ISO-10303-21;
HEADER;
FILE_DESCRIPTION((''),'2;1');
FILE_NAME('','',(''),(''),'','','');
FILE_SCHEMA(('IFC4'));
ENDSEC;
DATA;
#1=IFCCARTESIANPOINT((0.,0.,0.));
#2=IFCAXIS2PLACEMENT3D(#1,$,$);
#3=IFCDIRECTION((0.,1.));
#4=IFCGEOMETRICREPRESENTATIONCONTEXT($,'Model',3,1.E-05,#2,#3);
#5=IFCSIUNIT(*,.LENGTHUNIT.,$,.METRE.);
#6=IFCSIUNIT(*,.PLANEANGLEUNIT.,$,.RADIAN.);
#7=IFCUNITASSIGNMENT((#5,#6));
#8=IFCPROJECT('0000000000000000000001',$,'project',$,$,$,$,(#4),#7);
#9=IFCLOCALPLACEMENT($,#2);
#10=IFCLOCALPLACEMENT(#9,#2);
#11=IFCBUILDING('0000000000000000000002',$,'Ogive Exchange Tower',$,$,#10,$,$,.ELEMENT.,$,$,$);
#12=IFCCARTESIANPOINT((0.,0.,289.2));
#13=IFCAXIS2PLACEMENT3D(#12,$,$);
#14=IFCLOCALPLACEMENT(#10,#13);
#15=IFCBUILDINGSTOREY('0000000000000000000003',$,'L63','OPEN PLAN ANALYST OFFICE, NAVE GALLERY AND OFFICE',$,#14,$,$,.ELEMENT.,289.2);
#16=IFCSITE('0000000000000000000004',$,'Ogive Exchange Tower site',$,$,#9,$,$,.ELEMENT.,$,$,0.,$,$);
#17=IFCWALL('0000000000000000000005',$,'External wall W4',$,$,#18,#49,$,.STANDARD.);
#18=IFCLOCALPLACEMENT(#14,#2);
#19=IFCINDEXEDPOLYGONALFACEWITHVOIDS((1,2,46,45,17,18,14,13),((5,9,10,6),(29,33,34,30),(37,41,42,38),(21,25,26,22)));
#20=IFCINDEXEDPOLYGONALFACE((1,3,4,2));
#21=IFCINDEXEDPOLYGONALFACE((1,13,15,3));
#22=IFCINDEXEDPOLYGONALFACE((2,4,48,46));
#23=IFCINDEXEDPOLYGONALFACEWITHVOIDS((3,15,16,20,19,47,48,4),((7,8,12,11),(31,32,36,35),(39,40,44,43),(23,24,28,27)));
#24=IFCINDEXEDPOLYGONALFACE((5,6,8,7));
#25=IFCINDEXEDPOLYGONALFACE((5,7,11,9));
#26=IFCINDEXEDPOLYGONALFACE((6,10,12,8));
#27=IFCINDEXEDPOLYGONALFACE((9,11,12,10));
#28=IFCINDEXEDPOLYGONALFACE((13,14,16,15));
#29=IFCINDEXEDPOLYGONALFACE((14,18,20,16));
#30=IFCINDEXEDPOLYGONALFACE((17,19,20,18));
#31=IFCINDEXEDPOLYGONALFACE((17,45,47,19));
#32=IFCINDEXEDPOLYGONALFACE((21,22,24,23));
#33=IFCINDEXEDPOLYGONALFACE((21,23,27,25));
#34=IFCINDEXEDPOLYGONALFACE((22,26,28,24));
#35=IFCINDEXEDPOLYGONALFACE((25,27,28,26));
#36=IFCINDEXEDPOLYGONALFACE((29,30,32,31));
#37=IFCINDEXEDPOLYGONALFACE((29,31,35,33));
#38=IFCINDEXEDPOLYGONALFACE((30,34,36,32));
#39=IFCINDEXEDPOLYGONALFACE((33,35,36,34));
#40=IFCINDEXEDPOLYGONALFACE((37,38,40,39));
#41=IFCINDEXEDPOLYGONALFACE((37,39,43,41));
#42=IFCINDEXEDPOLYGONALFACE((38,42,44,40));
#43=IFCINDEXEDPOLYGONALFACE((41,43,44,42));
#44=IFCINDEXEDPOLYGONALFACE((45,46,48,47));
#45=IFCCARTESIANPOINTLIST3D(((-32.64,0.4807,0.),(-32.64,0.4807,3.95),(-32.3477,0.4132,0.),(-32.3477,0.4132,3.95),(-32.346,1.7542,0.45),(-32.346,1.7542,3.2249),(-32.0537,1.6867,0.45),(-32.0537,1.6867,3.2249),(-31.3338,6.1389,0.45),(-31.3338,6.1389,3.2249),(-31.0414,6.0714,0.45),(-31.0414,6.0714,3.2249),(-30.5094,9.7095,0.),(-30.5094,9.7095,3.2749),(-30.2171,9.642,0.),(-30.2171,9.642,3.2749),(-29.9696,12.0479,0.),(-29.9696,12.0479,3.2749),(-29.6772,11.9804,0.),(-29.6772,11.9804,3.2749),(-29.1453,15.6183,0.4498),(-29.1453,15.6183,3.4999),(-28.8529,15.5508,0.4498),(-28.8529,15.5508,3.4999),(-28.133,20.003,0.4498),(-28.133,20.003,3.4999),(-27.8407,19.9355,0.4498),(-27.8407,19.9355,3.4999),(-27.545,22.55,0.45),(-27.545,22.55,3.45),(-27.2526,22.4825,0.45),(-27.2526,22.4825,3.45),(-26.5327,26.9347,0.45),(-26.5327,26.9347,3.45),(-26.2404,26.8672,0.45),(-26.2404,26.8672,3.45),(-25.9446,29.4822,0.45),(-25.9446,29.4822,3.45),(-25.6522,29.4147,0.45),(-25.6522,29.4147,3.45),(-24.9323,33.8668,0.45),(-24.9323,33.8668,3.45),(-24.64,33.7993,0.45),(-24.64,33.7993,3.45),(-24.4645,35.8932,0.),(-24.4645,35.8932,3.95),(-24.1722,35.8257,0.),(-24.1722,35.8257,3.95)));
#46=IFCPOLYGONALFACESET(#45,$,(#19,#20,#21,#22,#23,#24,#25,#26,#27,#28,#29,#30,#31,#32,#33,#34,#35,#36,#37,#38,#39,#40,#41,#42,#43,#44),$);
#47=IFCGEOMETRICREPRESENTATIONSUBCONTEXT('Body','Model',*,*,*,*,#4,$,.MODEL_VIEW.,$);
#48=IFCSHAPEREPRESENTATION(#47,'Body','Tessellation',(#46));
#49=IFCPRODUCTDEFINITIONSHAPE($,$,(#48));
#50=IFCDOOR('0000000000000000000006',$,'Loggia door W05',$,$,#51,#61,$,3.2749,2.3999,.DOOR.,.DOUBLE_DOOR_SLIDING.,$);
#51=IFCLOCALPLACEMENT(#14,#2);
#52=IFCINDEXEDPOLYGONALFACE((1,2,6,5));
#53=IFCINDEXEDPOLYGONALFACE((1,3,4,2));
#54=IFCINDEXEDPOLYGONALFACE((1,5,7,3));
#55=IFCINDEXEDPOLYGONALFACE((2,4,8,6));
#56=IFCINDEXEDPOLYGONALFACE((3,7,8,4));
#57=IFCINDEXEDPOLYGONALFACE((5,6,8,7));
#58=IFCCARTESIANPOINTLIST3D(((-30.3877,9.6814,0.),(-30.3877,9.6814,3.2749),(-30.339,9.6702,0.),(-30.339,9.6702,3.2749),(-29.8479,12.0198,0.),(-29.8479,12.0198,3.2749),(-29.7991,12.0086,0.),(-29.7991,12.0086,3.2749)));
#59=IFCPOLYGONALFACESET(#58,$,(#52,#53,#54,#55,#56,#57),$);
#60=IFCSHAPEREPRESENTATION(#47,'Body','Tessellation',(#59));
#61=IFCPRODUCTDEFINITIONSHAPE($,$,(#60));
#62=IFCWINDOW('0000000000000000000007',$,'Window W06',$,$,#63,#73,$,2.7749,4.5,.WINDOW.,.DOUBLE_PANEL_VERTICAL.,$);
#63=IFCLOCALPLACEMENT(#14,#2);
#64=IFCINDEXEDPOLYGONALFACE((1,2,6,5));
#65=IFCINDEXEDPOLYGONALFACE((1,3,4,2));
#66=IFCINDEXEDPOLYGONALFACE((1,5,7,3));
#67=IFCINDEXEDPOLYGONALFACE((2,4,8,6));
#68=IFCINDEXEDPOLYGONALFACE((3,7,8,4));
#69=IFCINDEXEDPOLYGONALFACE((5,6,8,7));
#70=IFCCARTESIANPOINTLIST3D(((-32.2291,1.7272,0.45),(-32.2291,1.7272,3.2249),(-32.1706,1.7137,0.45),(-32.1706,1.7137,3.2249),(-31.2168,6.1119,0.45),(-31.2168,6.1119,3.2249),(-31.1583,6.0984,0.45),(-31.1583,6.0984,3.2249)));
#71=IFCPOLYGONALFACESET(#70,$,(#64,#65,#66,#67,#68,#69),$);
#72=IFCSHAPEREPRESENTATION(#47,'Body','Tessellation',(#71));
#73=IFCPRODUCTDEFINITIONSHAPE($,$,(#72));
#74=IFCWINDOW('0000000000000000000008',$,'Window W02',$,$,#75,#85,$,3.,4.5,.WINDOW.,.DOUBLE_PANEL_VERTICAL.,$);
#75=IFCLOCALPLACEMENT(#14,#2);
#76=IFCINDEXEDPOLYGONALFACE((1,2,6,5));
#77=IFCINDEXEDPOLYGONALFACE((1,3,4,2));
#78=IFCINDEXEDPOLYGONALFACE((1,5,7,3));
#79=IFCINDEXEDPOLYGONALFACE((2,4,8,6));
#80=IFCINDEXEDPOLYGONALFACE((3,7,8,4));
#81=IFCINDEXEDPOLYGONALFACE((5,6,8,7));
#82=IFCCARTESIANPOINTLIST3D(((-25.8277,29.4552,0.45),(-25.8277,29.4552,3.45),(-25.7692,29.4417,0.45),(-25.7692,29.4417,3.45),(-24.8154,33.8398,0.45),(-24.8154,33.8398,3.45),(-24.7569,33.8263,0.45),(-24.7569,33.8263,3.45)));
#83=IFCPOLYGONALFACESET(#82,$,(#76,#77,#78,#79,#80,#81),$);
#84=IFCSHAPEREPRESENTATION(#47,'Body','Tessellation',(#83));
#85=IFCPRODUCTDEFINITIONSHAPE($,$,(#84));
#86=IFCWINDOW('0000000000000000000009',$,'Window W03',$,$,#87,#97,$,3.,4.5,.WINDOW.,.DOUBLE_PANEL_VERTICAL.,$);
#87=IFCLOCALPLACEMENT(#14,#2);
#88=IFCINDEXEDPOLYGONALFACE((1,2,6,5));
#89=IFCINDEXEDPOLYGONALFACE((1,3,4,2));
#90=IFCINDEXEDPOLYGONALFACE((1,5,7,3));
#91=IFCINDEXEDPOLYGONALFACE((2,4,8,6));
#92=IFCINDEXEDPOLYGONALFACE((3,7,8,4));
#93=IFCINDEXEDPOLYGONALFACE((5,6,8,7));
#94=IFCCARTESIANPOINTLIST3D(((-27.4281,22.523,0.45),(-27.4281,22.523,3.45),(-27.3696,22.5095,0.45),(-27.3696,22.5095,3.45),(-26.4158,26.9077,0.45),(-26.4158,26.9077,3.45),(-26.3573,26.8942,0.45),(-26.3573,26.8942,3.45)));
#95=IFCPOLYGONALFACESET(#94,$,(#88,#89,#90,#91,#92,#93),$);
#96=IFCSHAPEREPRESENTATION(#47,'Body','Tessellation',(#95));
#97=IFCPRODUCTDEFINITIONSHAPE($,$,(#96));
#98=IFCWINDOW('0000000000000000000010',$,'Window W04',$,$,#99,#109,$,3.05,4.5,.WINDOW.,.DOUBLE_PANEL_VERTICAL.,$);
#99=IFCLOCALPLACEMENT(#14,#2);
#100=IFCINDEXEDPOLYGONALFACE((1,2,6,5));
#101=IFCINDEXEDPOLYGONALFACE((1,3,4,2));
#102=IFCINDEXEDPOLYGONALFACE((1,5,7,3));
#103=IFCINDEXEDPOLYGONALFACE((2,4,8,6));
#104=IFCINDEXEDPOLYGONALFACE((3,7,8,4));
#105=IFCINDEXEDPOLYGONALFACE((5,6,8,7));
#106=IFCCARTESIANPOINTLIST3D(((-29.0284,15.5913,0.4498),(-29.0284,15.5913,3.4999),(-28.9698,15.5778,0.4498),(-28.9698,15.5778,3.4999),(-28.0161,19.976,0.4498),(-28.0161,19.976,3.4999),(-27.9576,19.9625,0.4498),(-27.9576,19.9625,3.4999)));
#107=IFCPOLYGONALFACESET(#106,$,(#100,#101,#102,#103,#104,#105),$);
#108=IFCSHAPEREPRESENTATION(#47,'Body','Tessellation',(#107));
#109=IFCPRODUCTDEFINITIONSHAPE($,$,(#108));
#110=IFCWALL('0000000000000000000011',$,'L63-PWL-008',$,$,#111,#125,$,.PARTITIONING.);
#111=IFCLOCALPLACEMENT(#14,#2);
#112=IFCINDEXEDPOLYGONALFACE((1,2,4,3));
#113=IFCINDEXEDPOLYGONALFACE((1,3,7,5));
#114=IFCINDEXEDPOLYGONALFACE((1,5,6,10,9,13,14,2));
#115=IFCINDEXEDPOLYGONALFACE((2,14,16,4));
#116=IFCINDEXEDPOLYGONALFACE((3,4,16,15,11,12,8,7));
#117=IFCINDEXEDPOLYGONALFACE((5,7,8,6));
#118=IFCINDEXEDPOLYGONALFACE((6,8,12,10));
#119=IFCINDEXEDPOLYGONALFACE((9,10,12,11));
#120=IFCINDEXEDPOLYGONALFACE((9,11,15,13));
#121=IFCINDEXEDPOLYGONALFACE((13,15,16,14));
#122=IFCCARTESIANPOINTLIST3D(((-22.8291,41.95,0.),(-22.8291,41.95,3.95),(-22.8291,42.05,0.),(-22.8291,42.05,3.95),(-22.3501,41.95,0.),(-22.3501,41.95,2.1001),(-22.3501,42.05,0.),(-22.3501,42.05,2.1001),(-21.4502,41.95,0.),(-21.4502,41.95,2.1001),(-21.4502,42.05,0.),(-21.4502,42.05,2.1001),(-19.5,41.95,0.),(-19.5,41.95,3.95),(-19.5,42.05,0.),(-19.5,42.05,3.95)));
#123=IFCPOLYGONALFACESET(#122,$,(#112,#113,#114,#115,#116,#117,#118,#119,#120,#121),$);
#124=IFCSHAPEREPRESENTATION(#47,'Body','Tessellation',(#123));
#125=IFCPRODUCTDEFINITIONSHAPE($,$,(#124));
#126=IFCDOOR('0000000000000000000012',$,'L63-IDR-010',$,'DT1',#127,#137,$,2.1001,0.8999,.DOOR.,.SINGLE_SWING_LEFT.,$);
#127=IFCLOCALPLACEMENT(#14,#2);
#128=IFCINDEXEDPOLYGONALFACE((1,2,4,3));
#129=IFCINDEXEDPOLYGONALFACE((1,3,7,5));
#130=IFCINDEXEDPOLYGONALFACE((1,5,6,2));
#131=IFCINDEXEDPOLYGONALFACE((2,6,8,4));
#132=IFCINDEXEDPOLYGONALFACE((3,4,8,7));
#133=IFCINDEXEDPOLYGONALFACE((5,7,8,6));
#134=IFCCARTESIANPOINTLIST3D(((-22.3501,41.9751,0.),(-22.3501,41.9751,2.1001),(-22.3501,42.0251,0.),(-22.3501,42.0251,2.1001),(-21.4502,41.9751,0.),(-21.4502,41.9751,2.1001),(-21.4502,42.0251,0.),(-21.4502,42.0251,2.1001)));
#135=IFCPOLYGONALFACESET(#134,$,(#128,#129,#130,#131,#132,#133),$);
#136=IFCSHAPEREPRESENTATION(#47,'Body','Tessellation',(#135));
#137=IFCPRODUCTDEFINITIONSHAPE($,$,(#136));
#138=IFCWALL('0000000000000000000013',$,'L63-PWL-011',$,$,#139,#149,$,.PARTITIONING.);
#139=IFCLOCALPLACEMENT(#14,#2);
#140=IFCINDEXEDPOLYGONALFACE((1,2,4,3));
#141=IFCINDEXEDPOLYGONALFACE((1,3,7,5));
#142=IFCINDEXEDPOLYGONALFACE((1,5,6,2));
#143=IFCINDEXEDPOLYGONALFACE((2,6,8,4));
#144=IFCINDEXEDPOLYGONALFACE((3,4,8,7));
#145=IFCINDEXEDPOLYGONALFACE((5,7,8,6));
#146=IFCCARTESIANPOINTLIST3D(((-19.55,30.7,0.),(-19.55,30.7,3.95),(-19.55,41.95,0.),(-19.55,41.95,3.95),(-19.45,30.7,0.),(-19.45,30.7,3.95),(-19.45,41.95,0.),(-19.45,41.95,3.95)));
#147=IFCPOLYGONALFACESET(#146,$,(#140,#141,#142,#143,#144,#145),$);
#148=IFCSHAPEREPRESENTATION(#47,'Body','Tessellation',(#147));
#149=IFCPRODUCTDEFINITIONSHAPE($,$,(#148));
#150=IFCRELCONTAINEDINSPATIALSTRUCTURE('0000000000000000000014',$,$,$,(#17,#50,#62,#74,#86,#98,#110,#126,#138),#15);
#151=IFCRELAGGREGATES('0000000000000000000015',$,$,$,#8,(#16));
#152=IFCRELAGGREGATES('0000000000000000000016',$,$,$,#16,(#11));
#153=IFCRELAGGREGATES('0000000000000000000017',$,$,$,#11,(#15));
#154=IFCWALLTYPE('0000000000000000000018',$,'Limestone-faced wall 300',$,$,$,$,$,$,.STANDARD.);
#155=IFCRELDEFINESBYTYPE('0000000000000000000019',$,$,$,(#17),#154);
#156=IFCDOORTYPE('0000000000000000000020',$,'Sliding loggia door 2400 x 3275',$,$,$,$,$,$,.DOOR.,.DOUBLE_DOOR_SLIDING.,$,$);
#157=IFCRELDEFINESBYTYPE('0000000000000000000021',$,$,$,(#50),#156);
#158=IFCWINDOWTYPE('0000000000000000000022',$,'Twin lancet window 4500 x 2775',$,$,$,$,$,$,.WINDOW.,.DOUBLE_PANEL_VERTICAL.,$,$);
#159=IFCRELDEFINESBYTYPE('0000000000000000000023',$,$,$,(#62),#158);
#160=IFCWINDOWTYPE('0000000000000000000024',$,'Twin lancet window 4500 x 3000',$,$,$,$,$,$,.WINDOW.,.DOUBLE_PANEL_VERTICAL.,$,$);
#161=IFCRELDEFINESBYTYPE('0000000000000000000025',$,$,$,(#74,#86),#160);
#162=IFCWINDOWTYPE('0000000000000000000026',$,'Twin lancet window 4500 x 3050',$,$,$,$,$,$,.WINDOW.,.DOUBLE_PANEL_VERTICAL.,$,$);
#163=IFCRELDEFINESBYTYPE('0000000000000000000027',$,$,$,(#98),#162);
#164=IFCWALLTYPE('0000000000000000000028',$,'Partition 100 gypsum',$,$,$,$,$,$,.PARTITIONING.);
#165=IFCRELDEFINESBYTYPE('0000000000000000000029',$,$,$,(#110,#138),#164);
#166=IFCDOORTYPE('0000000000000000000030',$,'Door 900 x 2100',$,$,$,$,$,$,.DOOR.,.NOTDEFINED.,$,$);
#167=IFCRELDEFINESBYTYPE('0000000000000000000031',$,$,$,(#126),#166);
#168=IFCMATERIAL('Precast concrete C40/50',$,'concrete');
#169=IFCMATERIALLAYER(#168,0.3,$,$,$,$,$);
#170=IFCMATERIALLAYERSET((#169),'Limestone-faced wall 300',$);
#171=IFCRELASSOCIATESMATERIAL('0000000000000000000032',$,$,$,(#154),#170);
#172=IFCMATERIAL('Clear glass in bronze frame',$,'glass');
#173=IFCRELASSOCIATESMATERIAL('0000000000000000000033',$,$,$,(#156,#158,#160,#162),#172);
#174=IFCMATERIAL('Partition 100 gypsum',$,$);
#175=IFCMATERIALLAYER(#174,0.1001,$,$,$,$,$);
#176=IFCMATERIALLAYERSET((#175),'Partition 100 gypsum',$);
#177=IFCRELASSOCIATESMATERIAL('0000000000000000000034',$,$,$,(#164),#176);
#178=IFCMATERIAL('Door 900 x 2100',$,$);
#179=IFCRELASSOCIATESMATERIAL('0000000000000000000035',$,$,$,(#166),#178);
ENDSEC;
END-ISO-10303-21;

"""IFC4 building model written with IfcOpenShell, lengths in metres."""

from ifc_helpers import new_model, si_unit, direction, frame, frame_2d, origin, place, context, subcontext, project, spatial, rectangle, extrude, material, layer, layer_set, type_object, element, fill, save


model = new_model("IFC4")

# Units and contexts
model_context = context("Model", 3, precision=1e-05, world=origin(), true_north=direction((0.0, 1.0)))
body_context = subcontext(model_context, "Body", "Model", "MODEL_VIEW")
ifc_project = project(units=[si_unit("LENGTHUNIT", "METRE"), si_unit("PLANEANGLEUNIT", "RADIAN")], contexts=[model_context])

# Site, building, storey
site_placement = place(None, origin())
site = spatial("IfcSite", under=ifc_project, at=site_placement, Name="Ogive Exchange Tower site", CompositionType="ELEMENT", RefElevation=0.0)
building_placement = place(site_placement, origin())
building = spatial("IfcBuilding", under=site, at=building_placement, Name="Ogive Exchange Tower", CompositionType="ELEMENT")
storey_placement = place(building_placement, frame((0.0, 0.0, 289.2)))
storey = spatial("IfcBuildingStorey", under=building, at=storey_placement, Name="L63", Description="OPEN PLAN ANALYST OFFICE, NAVE GALLERY AND OFFICE", CompositionType="ELEMENT", Elevation=289.2)

# Shared definitions
ifc_material_1 = material(Name="Precast concrete C40/50", Category="concrete")
ifc_layer_1 = layer(ifc_material_1, 0.3)
ifc_layer_set_1 = layer_set([ifc_layer_1], Name="Limestone-faced wall 300")
wall_type_1 = type_object("IfcWallType", Name="Limestone-faced wall 300", PredefinedType="STANDARD", material=ifc_layer_set_1)
ifc_material_2 = material(Name="Clear glass in bronze frame", Category="glass")

# Wall, openings, door, windows
wall_1_placement = place(storey_placement, frame((-24.3184, 35.8594, 0.0), z_axis=(0.0, 0.0, 1.0), x_axis=(-0.224948, -0.974371, 0.0)))
wall_1 = element("IfcWall", 1, at=wall_1_placement, inside=storey, type_object=wall_type_1, Name="External wall W4", PredefinedType="STANDARD", context=body_context, shape_type="SweptSolid", body=[
    extrude(rectangle(XDim=36.344, YDim=0.3, at=frame_2d((18.1719, 0.0))), origin(), (0.0, 0.0, 1.0), 3.95),
])
opening_1_placement = place(wall_1_placement, frame((2.0796, 0.0, 0.45)))
opening_1 = element("IfcOpeningElement", 2, at=opening_1_placement, cuts=wall_1, PredefinedType="OPENING", context=body_context, shape_type="SweptSolid", body=[
    extrude(rectangle(XDim=4.5, YDim=3.0, at=frame_2d((2.25, 1.5))), frame((0.0, 0.1599, 0.0), z_axis=(0.0, -1.0, 0.0), x_axis=(1.0, 0.0, 0.0)), (0.0, 0.0, 1.0), 0.3201),
])
opening_2_placement = place(wall_1_placement, frame((9.1941, 0.0, 0.45)))
opening_2 = element("IfcOpeningElement", 3, at=opening_2_placement, cuts=wall_1, PredefinedType="OPENING", context=body_context, shape_type="SweptSolid", body=[
    extrude(rectangle(XDim=4.5, YDim=3.0, at=frame_2d((2.25, 1.5))), frame((0.0, 0.1599, 0.0), z_axis=(0.0, -1.0, 0.0), x_axis=(1.0, 0.0, 0.0)), (0.0, 0.0, 1.0), 0.3201),
])
opening_3_placement = place(wall_1_placement, frame((16.3081, 0.0, 0.45)))
opening_3 = element("IfcOpeningElement", 4, at=opening_3_placement, cuts=wall_1, PredefinedType="OPENING", context=body_context, shape_type="SweptSolid", body=[
    extrude(rectangle(XDim=4.5, YDim=3.05, at=frame_2d((2.25, 1.5249))), frame((0.0, 0.1599, 0.0), z_axis=(0.0, -1.0, 0.0), x_axis=(1.0, 0.0, 0.0)), (0.0, 0.0, 1.0), 0.3201),
])
opening_4_placement = place(wall_1_placement, frame((24.4724, 0.0, 0.0)))
opening_4 = element("IfcOpeningElement", 5, at=opening_4_placement, cuts=wall_1, PredefinedType="OPENING", context=body_context, shape_type="SweptSolid", body=[
    extrude(rectangle(XDim=2.3999, YDim=3.2749, at=frame_2d((1.2, 1.6375))), frame((0.0, 0.1599, 0.0), z_axis=(0.0, -1.0, 0.0), x_axis=(1.0, 0.0, 0.0)), (0.0, 0.0, 1.0), 0.3201),
])
opening_5_placement = place(wall_1_placement, frame((30.5369, 0.0, 0.45)))
opening_5 = element("IfcOpeningElement", 6, at=opening_5_placement, cuts=wall_1, PredefinedType="OPENING", context=body_context, shape_type="SweptSolid", body=[
    extrude(rectangle(XDim=4.5, YDim=2.7749, at=frame_2d((2.25, 1.3875))), frame((0.0, 0.1599, 0.0), z_axis=(0.0, -1.0, 0.0), x_axis=(1.0, 0.0, 0.0)), (0.0, 0.0, 1.0), 0.3201),
])
door_type_1 = type_object("IfcDoorType", Name="Sliding loggia door 2400 x 3275", OperationType="DOUBLE_DOOR_SLIDING", PredefinedType="DOOR", material=ifc_material_2)
door_1_placement = place(opening_4_placement, origin())
door_1 = element("IfcDoor", 7, at=door_1_placement, inside=storey, type_object=door_type_1, Name="Loggia door W05", OperationType="DOUBLE_DOOR_SLIDING", OverallHeight=3.2749, OverallWidth=2.3999, PredefinedType="DOOR", context=body_context, shape_type="SweptSolid", body=[
    extrude(rectangle(XDim=2.3999, YDim=3.2749, at=frame_2d((1.2, 1.6375))), frame((0.0, 0.0249, 0.0), z_axis=(0.0, -1.0, 0.0), x_axis=(1.0, 0.0, 0.0)), (0.0, 0.0, 1.0), 0.05),
])
fill(opening_4, door_1)
window_type_1 = type_object("IfcWindowType", Name="Twin lancet window 4500 x 2775", PartitioningType="DOUBLE_PANEL_VERTICAL", PredefinedType="WINDOW", material=ifc_material_2)
window_1_placement = place(opening_5_placement, origin())
window_1 = element("IfcWindow", 8, at=window_1_placement, inside=storey, type_object=window_type_1, Name="Window W06", OverallHeight=2.7749, OverallWidth=4.5, PartitioningType="DOUBLE_PANEL_VERTICAL", PredefinedType="WINDOW", context=body_context, shape_type="SweptSolid", body=[
    extrude(rectangle(XDim=4.5, YDim=2.7749, at=frame_2d((2.25, 1.3875))), frame((0.0, 0.03, 0.0), z_axis=(0.0, -1.0, 0.0), x_axis=(1.0, 0.0, 0.0)), (0.0, 0.0, 1.0), 0.0601),
])
fill(opening_5, window_1)
window_type_2 = type_object("IfcWindowType", Name="Twin lancet window 4500 x 3000", PartitioningType="DOUBLE_PANEL_VERTICAL", PredefinedType="WINDOW", material=ifc_material_2)
window_2_placement = place(opening_1_placement, origin())
window_2 = element("IfcWindow", 9, at=window_2_placement, inside=storey, type_object=window_type_2, Name="Window W02", OverallHeight=3.0, OverallWidth=4.5, PartitioningType="DOUBLE_PANEL_VERTICAL", PredefinedType="WINDOW", context=body_context, shape_type="SweptSolid", body=[
    extrude(rectangle(XDim=4.5, YDim=3.0, at=frame_2d((2.25, 1.5))), frame((0.0, 0.03, 0.0), z_axis=(0.0, -1.0, 0.0), x_axis=(1.0, 0.0, 0.0)), (0.0, 0.0, 1.0), 0.0601),
])
fill(opening_1, window_2)
window_3_placement = place(opening_2_placement, origin())
window_3 = element("IfcWindow", 10, at=window_3_placement, inside=storey, type_object=window_type_2, Name="Window W03", OverallHeight=3.0, OverallWidth=4.5, PartitioningType="DOUBLE_PANEL_VERTICAL", PredefinedType="WINDOW", context=body_context, shape_type="SweptSolid", body=[
    extrude(rectangle(XDim=4.5, YDim=3.0, at=frame_2d((2.25, 1.5))), frame((0.0, 0.03, 0.0), z_axis=(0.0, -1.0, 0.0), x_axis=(1.0, 0.0, 0.0)), (0.0, 0.0, 1.0), 0.0601),
])
fill(opening_2, window_3)
window_type_3 = type_object("IfcWindowType", Name="Twin lancet window 4500 x 3050", PartitioningType="DOUBLE_PANEL_VERTICAL", PredefinedType="WINDOW", material=ifc_material_2)
window_4_placement = place(opening_3_placement, origin())
window_4 = element("IfcWindow", 11, at=window_4_placement, inside=storey, type_object=window_type_3, Name="Window W04", OverallHeight=3.05, OverallWidth=4.5, PartitioningType="DOUBLE_PANEL_VERTICAL", PredefinedType="WINDOW", context=body_context, shape_type="SweptSolid", body=[
    extrude(rectangle(XDim=4.5, YDim=3.05, at=frame_2d((2.25, 1.5249))), frame((0.0, 0.03, 0.0), z_axis=(0.0, -1.0, 0.0), x_axis=(1.0, 0.0, 0.0)), (0.0, 0.0, 1.0), 0.0601),
])
fill(opening_3, window_4)

# Wall, opening, door
ifc_material_3 = material(Name="Partition 100 gypsum")
ifc_layer_2 = layer(ifc_material_3, 0.1001)
ifc_layer_set_2 = layer_set([ifc_layer_2], Name="Partition 100 gypsum")
wall_type_2 = type_object("IfcWallType", Name="Partition 100 gypsum", PredefinedType="PARTITIONING", material=ifc_layer_set_2)
wall_2_placement = place(storey_placement, frame((-22.8291, 42.0, 0.0), z_axis=(0.0, 0.0, 1.0), x_axis=(1.0, 0.0, 0.0)))
wall_2 = element("IfcWall", 12, at=wall_2_placement, inside=storey, type_object=wall_type_2, Name="L63-PWL-008", PredefinedType="PARTITIONING", context=body_context, shape_type="SweptSolid", body=[
    extrude(rectangle(XDim=3.3291, YDim=0.1001, at=frame_2d((1.6646, 0.0))), origin(), (0.0, 0.0, 1.0), 3.95),
])
opening_6_placement = place(wall_2_placement, frame((0.479, 0.0, 0.0)))
opening_6 = element("IfcOpeningElement", 13, at=opening_6_placement, cuts=wall_2, PredefinedType="OPENING", context=body_context, shape_type="SweptSolid", body=[
    extrude(rectangle(XDim=0.8999, YDim=2.1001, at=frame_2d((0.45, 1.05))), frame((0.0, 0.0601, 0.0), z_axis=(0.0, -1.0, 0.0), x_axis=(1.0, 0.0, 0.0)), (0.0, 0.0, 1.0), 0.1201),
])
ifc_material_4 = material(Name="Door 900 x 2100")
door_type_2 = type_object("IfcDoorType", Name="Door 900 x 2100", OperationType="NOTDEFINED", PredefinedType="DOOR", material=ifc_material_4)
door_2_placement = place(opening_6_placement, frame((0.8999, 0.0, 0.0), z_axis=(0.0, 0.0, 1.0), x_axis=(-1.0, 0.0, 0.0)))
door_2 = element("IfcDoor", 14, at=door_2_placement, inside=storey, type_object=door_type_2, Name="L63-IDR-010", ObjectType="DT1", OperationType="SINGLE_SWING_LEFT", OverallHeight=2.1001, OverallWidth=0.8999, PredefinedType="DOOR", context=body_context, shape_type="SweptSolid", body=[
    extrude(rectangle(XDim=0.8999, YDim=2.1001, at=frame_2d((0.45, 1.05))), frame((0.0, 0.0249, 0.0), z_axis=(0.0, -1.0, 0.0), x_axis=(1.0, 0.0, 0.0)), (0.0, 0.0, 1.0), 0.05),
])
fill(opening_6, door_2)

# Wall
wall_3_placement = place(storey_placement, frame((-19.5, 41.95, 0.0), z_axis=(0.0, 0.0, 1.0), x_axis=(0.0, -1.0, 0.0)))
element("IfcWall", 15, at=wall_3_placement, inside=storey, type_object=wall_type_2, Name="L63-PWL-011", PredefinedType="PARTITIONING", context=body_context, shape_type="SweptSolid", body=[
    extrude(rectangle(XDim=11.25, YDim=0.1001, at=frame_2d((5.625, 0.0))), origin(), (0.0, 0.0, 1.0), 3.95),
])

save(model, "model.ifc")
